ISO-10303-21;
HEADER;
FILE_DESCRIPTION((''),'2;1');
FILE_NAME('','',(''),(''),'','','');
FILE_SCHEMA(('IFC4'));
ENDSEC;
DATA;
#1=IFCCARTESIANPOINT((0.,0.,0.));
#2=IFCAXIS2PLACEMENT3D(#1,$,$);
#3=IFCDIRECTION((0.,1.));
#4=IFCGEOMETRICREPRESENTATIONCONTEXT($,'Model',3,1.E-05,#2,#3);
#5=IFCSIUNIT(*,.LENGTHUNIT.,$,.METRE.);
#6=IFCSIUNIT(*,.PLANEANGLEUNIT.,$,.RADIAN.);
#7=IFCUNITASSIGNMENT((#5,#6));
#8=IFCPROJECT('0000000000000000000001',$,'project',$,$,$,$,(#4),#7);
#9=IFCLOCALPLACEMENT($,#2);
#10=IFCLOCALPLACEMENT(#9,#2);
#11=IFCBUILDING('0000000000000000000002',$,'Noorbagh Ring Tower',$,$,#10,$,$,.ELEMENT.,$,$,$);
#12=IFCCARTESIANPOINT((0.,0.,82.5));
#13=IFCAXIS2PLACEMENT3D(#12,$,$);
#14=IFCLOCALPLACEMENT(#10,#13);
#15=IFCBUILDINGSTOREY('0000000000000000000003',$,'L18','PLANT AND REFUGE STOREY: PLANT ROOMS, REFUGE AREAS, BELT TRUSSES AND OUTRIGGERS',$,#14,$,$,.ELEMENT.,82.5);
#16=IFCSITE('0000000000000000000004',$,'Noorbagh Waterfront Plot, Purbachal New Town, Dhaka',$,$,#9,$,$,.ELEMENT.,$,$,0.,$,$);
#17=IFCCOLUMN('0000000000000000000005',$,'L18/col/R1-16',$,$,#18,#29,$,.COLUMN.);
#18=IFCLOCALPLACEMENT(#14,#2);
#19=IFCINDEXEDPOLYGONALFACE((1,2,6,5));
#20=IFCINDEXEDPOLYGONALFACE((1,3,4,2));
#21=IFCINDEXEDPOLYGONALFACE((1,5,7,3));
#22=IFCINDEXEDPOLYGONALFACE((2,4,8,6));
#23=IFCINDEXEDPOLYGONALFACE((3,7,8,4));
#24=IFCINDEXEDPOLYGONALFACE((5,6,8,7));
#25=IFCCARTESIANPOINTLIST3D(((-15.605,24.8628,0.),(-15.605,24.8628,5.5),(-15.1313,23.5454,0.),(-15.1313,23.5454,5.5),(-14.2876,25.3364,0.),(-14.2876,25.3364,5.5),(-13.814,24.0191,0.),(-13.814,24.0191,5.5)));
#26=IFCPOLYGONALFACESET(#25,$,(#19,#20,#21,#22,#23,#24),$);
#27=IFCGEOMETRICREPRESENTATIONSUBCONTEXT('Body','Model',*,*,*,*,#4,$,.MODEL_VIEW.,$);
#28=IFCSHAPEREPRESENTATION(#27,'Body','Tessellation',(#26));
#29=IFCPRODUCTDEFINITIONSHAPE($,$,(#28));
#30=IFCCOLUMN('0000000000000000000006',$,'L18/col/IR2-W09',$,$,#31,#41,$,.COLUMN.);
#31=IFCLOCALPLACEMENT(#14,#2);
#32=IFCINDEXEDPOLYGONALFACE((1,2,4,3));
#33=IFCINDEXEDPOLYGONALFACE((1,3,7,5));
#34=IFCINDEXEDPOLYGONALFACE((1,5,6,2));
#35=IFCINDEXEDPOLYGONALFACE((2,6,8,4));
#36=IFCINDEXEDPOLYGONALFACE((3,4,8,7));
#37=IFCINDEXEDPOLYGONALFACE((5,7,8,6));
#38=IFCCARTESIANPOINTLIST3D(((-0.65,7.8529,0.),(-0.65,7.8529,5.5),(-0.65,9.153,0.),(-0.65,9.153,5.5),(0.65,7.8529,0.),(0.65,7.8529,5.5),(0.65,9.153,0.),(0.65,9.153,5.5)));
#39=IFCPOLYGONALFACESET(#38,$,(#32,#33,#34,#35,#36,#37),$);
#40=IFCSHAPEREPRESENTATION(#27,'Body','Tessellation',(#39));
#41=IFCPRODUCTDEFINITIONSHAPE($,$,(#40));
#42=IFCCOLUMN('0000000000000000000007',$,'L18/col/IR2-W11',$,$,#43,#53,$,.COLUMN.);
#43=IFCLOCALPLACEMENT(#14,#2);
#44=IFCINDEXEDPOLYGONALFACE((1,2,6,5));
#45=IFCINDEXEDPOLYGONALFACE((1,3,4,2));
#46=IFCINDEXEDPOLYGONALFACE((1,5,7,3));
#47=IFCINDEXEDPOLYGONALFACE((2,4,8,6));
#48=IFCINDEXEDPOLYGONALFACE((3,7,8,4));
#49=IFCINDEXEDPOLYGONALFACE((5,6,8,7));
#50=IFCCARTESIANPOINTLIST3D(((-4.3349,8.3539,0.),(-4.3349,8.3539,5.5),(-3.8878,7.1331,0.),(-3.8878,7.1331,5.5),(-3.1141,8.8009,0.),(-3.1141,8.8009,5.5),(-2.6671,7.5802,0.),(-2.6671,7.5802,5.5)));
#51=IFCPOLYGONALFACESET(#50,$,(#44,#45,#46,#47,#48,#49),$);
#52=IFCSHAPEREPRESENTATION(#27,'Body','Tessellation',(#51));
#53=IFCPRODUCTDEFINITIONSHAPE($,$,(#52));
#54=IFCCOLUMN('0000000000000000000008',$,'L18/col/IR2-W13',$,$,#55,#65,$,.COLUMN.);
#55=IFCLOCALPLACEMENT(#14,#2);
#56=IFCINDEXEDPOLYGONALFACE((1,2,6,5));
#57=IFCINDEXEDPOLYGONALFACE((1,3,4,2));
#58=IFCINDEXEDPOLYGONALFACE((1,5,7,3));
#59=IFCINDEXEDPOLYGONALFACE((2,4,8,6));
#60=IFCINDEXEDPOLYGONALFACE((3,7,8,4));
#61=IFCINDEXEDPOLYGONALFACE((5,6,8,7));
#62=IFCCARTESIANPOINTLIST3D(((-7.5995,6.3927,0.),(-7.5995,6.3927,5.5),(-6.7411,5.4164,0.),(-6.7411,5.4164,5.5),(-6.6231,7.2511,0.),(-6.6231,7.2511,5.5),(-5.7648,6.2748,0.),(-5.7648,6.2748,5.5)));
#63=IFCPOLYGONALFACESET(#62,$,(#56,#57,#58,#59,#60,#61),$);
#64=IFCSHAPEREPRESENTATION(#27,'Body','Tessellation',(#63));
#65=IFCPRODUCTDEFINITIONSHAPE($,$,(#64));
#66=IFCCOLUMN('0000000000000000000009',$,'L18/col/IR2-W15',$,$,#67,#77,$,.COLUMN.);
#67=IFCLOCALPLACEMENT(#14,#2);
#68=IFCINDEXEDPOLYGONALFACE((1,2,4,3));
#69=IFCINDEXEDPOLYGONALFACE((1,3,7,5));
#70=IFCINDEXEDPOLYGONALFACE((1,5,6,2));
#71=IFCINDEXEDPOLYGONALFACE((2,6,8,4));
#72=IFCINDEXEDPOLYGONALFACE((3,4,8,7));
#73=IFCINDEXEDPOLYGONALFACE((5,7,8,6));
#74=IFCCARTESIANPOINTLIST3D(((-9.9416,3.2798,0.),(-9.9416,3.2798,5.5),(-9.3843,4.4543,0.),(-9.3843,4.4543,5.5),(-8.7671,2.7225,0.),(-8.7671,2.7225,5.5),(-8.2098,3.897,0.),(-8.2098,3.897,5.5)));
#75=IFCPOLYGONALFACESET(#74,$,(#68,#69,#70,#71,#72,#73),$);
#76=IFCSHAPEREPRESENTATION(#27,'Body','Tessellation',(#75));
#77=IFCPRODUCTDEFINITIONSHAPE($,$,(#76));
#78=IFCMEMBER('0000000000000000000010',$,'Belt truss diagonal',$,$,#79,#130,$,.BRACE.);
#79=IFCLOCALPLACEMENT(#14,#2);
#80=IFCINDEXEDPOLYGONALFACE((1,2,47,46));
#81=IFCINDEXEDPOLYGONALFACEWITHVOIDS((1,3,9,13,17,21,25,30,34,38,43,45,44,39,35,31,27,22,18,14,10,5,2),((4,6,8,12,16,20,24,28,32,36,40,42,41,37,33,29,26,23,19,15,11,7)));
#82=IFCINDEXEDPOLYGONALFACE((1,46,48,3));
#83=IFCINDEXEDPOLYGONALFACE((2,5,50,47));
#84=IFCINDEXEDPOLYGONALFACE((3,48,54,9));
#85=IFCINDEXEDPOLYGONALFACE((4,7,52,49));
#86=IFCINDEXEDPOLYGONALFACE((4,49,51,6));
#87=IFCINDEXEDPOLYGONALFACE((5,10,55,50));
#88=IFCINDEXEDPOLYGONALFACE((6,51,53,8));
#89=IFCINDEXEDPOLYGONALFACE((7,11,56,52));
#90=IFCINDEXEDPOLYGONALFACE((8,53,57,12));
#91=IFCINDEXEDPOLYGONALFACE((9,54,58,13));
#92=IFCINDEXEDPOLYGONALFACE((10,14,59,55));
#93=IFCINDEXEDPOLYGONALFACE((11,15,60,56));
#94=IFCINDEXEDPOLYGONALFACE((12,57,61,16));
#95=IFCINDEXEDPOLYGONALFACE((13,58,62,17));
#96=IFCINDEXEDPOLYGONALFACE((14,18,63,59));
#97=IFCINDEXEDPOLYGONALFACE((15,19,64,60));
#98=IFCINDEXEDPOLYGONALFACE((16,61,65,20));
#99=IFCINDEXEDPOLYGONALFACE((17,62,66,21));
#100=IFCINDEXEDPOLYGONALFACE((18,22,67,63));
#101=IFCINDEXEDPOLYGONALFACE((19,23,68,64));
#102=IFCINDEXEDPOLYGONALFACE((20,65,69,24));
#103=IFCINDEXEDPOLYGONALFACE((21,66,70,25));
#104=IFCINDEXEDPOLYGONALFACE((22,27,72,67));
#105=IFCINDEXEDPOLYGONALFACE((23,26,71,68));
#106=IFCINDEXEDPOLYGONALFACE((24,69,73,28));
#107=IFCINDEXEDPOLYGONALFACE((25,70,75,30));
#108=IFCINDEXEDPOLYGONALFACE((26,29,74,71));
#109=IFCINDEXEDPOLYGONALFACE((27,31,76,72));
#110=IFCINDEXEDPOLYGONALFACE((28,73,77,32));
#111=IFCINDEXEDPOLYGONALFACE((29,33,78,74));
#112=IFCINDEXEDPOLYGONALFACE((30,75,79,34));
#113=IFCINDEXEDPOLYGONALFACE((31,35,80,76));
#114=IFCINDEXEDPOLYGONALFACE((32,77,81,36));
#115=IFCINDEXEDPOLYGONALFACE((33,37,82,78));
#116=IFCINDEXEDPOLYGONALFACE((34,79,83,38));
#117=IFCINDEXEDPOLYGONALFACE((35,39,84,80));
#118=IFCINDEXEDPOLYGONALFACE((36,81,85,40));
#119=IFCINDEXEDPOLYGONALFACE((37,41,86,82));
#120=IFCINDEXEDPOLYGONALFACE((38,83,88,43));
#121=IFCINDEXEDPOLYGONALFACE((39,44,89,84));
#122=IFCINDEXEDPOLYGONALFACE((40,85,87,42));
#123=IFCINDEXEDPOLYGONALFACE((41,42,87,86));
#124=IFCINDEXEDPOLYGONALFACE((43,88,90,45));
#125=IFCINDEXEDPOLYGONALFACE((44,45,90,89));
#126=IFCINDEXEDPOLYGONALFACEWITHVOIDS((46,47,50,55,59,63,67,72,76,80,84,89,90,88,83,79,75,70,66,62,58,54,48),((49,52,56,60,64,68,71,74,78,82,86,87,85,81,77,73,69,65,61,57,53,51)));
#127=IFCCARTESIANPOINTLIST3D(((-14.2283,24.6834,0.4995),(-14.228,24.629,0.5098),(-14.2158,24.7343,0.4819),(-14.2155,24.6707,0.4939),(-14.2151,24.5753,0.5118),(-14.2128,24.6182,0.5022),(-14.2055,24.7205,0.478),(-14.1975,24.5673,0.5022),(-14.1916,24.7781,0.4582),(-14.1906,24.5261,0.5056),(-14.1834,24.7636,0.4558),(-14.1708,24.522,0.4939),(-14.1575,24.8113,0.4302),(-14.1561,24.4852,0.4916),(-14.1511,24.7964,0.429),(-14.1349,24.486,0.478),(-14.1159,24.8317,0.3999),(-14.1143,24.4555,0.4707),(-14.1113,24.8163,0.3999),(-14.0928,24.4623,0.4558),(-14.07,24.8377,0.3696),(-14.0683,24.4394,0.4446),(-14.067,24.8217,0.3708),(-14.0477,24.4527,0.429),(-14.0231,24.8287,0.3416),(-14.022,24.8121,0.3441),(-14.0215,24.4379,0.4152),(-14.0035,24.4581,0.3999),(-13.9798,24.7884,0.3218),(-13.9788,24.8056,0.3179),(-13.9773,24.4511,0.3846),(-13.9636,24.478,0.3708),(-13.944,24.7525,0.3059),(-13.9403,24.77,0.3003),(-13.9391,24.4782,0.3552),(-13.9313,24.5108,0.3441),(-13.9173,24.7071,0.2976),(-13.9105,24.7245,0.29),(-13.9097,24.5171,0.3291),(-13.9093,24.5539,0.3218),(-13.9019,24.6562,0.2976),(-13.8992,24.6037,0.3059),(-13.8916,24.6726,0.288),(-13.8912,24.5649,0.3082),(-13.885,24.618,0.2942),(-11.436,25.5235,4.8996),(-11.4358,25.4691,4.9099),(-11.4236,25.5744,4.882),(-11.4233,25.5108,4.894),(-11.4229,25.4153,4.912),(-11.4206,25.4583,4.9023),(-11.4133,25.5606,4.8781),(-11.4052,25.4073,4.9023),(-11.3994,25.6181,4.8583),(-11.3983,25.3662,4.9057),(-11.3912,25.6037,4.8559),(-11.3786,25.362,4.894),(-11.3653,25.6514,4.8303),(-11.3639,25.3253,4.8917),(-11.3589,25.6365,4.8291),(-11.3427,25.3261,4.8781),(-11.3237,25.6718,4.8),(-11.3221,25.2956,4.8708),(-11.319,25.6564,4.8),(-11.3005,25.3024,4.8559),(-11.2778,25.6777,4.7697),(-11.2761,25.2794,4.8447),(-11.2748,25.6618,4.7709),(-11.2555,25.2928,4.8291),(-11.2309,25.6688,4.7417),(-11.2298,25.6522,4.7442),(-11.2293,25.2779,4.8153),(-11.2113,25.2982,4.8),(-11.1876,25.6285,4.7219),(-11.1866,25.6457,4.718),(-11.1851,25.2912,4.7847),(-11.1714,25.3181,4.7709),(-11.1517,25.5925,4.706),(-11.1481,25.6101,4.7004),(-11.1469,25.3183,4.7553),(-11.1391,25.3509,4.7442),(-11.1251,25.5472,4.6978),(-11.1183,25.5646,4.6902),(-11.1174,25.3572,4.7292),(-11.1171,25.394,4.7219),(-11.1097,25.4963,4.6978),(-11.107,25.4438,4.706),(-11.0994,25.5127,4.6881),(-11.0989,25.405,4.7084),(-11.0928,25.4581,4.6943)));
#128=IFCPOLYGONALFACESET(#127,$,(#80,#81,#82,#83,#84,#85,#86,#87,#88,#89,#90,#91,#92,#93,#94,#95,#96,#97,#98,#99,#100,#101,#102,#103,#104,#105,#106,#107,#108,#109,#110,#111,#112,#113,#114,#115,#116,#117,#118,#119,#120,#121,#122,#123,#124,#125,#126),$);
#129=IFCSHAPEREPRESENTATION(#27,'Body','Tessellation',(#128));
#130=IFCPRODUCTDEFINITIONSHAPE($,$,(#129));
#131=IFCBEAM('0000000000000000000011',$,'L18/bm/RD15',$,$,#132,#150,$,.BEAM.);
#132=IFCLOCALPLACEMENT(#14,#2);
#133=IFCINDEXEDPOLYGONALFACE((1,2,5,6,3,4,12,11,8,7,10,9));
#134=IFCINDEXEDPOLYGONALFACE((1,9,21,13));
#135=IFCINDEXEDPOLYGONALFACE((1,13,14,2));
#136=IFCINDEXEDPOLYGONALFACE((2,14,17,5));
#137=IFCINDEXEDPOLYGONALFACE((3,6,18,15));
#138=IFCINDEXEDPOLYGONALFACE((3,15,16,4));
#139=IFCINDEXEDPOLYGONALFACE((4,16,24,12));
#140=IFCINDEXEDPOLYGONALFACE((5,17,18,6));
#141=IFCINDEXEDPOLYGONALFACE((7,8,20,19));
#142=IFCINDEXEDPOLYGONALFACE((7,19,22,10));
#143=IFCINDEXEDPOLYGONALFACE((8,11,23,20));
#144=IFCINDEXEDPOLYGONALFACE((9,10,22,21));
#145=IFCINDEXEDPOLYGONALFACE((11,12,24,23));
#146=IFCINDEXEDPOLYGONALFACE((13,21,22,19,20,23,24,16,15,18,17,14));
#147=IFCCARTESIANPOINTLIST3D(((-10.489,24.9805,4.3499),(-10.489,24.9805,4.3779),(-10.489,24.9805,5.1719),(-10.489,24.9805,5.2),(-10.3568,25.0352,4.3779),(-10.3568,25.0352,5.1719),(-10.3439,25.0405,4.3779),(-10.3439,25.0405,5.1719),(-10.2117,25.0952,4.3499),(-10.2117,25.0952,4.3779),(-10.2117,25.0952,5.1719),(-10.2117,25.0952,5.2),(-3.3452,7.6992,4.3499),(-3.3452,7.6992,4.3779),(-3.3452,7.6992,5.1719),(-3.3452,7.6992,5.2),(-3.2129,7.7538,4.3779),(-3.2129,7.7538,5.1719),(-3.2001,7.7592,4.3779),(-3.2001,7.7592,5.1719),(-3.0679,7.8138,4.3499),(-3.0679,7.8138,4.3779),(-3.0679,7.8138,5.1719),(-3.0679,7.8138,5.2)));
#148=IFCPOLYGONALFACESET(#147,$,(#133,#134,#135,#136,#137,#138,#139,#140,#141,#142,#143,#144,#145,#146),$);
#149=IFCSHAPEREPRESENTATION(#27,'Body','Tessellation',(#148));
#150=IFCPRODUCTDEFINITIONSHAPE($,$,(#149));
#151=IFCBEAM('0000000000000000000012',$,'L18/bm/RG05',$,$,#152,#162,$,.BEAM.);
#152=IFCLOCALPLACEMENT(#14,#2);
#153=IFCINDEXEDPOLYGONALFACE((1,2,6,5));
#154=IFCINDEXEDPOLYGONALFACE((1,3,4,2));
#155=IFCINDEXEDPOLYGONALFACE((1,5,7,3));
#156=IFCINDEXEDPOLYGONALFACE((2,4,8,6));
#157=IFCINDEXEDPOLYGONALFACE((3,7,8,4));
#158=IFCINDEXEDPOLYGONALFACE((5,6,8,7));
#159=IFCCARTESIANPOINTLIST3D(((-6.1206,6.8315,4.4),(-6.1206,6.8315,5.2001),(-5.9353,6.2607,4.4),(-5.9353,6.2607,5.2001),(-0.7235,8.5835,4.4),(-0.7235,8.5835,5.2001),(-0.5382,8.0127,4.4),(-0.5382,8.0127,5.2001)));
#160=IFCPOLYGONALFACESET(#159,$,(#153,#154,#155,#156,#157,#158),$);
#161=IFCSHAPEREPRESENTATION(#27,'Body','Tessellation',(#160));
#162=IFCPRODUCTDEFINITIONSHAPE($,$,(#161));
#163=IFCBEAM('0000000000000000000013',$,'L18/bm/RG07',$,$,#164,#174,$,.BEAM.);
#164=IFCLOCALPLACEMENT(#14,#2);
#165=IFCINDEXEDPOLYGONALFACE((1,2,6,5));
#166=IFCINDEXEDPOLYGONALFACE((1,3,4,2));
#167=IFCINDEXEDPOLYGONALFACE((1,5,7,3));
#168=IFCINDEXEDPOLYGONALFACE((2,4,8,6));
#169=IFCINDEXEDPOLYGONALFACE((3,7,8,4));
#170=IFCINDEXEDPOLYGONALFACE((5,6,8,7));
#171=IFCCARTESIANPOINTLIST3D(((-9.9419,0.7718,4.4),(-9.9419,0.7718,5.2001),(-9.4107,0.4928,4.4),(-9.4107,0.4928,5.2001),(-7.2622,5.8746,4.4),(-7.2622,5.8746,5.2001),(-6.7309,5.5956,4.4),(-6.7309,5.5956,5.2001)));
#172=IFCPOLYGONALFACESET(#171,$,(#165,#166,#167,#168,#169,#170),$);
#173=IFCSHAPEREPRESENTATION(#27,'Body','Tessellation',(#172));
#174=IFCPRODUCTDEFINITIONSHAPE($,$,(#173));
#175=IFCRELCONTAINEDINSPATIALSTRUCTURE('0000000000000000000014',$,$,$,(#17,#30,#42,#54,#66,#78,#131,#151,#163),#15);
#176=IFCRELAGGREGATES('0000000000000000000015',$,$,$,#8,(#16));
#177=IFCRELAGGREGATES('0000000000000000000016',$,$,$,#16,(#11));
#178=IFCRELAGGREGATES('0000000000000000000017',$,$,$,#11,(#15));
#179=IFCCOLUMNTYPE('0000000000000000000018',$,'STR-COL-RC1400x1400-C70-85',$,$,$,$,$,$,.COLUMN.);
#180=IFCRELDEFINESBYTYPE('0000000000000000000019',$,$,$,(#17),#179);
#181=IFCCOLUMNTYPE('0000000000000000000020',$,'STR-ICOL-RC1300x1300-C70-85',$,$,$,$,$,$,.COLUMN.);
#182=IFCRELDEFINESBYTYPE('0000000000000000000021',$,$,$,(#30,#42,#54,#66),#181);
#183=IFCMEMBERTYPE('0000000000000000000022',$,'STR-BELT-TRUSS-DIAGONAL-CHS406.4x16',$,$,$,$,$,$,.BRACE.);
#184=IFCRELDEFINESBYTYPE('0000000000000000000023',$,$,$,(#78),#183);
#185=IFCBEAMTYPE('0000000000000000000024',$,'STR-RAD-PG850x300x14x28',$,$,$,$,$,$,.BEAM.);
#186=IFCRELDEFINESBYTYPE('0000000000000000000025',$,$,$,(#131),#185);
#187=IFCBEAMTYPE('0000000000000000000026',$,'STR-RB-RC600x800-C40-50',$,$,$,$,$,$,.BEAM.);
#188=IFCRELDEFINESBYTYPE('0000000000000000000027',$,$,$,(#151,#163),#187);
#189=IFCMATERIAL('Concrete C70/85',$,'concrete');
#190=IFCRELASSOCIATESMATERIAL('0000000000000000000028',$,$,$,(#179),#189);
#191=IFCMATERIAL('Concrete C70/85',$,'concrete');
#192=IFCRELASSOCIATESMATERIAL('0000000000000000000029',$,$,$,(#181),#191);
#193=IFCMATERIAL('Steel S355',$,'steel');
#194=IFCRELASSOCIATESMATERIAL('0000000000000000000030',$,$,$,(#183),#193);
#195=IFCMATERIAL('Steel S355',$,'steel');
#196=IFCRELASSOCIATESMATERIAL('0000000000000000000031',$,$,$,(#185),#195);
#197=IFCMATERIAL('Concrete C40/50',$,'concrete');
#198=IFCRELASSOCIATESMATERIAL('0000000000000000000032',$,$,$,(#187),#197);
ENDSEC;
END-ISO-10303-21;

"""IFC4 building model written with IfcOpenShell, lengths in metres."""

from ifc_helpers import new_model, si_unit, direction, frame, origin, origin_2d, place, context, subcontext, project, spatial, rectangle, hollow_circle, i_section, extrude, material, material_profile, profile_set, type_object, element, save


model = new_model("IFC4")

# Units and contexts
model_context = context("Model", 3, precision=1e-05, world=origin(), true_north=direction((0.0, 1.0)))
body_context = subcontext(model_context, "Body", "Model", "MODEL_VIEW")
ifc_project = project(units=[si_unit("LENGTHUNIT", "METRE"), si_unit("PLANEANGLEUNIT", "RADIAN")], contexts=[model_context])

# Site, building, storey
site_placement = place(None, origin())
site = spatial("IfcSite", under=ifc_project, at=site_placement, Name="Noorbagh Waterfront Plot, Purbachal New Town, Dhaka", CompositionType="ELEMENT", RefElevation=0.0)
building_placement = place(site_placement, origin())
building = spatial("IfcBuilding", under=site, at=building_placement, Name="Noorbagh Ring Tower", CompositionType="ELEMENT")
storey_placement = place(building_placement, frame((0.0, 0.0, 82.5)))
storey = spatial("IfcBuildingStorey", under=building, at=storey_placement, Name="L18", Description="PLANT AND REFUGE STOREY: PLANT ROOMS, REFUGE AREAS, BELT TRUSSES AND OUTRIGGERS", CompositionType="ELEMENT", Elevation=82.5)

# Columns
ifc_material_1 = material(Name="Concrete C70/85", Category="concrete")
ifc_material_profile_1 = material_profile(ifc_material_1, rectangle(XDim=1.3999, YDim=1.3999, at=origin_2d()), Name="RC1400x1400")
ifc_profile_set_1 = profile_set([ifc_material_profile_1], Name="Concrete C70/85")
column_type_1 = type_object("IfcColumnType", Name="STR-COL-RC1400x1400-C70-85", PredefinedType="COLUMN", material=ifc_profile_set_1)
column_placement = place(storey_placement, frame((-14.7095, 24.4409, 0.0), z_axis=(0.0, 0.0, 1.0), x_axis=(-0.941025, -0.338338, 0.0)))
element("IfcColumn", 1, at=column_placement, inside=storey, type_object=column_type_1, Name="L18/col/R1-16", PredefinedType="COLUMN", context=body_context, shape_type="SweptSolid", body=[
    extrude(rectangle(XDim=1.3999, YDim=1.3999, at=origin_2d()), origin(), (0.0, 0.0, 1.0), 5.5),
])
ifc_material_2 = material(Name="Concrete C70/85", Category="concrete")
ifc_material_profile_2 = material_profile(ifc_material_2, rectangle(XDim=1.3, YDim=1.3, at=origin_2d()), Name="RC1300x1300")
ifc_profile_set_2 = profile_set([ifc_material_profile_2], Name="Concrete C70/85")
column_type_2 = type_object("IfcColumnType", Name="STR-ICOL-RC1300x1300-C70-85", PredefinedType="COLUMN", material=ifc_profile_set_2)
for number, where, z_axis, x_axis, name in (
    (2, (0.0, 8.5029, 0.0), (0.0, 0.0, 1.0), (-1.0, 0.0, 0.0), "L18/col/IR2-W09"),
    (3, (-3.501, 7.967, 0.0), (0.0, 0.0, 1.0), (-0.93902, -0.343864, 0.0), "L18/col/IR2-W11"),
    (4, (-6.6821, 6.3337, 0.0), (0.0, 0.0, 1.0), (-0.751022, -0.660277, 0.0), "L18/col/IR2-W13"),
    (5, (-9.0757, 3.5884, 0.0), (0.0, 0.0, 1.0), (-0.428667, -0.903463, 0.0), "L18/col/IR2-W15"),
):
    element("IfcColumn", number, at=place(storey_placement, frame(where, z_axis=z_axis, x_axis=x_axis)), inside=storey, type_object=column_type_2, Name=name, PredefinedType="COLUMN", context=body_context, shape_type="SweptSolid", body=[
        extrude(rectangle(XDim=1.3, YDim=1.3, at=origin_2d()), origin(), (0.0, 0.0, 1.0), 5.5),
    ])

# Member
ifc_material_3 = material(Name="Steel S355", Category="steel")
ifc_material_profile_3 = material_profile(ifc_material_3, hollow_circle(Radius=0.2031, WallThickness=0.0161, at=origin_2d()), Name="CHS406.4x16")
ifc_profile_set_3 = profile_set([ifc_material_profile_3], Name="Steel S355")
member_type = type_object("IfcMemberType", Name="STR-BELT-TRUSS-DIAGONAL-CHS406.4x16", PredefinedType="BRACE", material=ifc_profile_set_3)
member_placement = place(storey_placement, frame((-14.0574, 24.6372, 0.3999), z_axis=(0.528973, 0.15915, 0.833582), x_axis=(-0.288108, 0.957598, 0.0)))
element("IfcMember", 6, at=member_placement, inside=storey, type_object=member_type, Name="Belt truss diagonal", PredefinedType="BRACE", context=body_context, shape_type="SweptSolid", body=[
    extrude(hollow_circle(Radius=0.2031, WallThickness=0.0161, at=origin_2d()), origin(), (0.0, 0.0, 1.0), 5.2786),
])

# Beams
ifc_material_4 = material(Name="Steel S355", Category="steel")
ifc_material_profile_4 = material_profile(ifc_material_4, i_section(OverallWidth=0.3, OverallDepth=0.8501, WebThickness=0.0139, FlangeThickness=0.0281, at=origin_2d()), Name="PG850x300x14x28")
ifc_profile_set_4 = profile_set([ifc_material_profile_4], Name="Steel S355")
beam_type_1 = type_object("IfcBeamType", Name="STR-RAD-PG850x300x14x28", PredefinedType="BEAM", material=ifc_profile_set_4)
beam_1_placement = place(storey_placement, frame((-10.3503, 25.0378, 4.7749), z_axis=(0.382029, -0.92415, 0.0), x_axis=(0.92415, 0.382029, 0.0)))
element("IfcBeam", 7, at=beam_1_placement, inside=storey, type_object=beam_type_1, Name="L18/bm/RD15", PredefinedType="BEAM", context=body_context, shape_type="SweptSolid", body=[
    extrude(i_section(OverallWidth=0.3, OverallDepth=0.8501, WebThickness=0.0139, FlangeThickness=0.0281, at=origin_2d()), origin(), (0.0, 0.0, 1.0), 18.6997),
])
ifc_material_5 = material(Name="Concrete C40/50", Category="concrete")
ifc_material_profile_5 = material_profile(ifc_material_5, rectangle(XDim=0.6001, YDim=0.8, at=origin_2d()), Name="RC600x800")
ifc_profile_set_5 = profile_set([ifc_material_profile_5], Name="Concrete C40/50")
beam_type_2 = type_object("IfcBeamType", Name="STR-RB-RC600x800-C40-50", PredefinedType="BEAM", material=ifc_profile_set_5)
beam_2_placement = place(storey_placement, frame((-0.6309, 8.2981, 4.8), z_axis=(-0.951141, -0.308757, 0.0), x_axis=(0.308757, -0.951141, 0.0)))
element("IfcBeam", 8, at=beam_2_placement, inside=storey, type_object=beam_type_2, Name="L18/bm/RG05", PredefinedType="BEAM", context=body_context, shape_type="SweptSolid", body=[
    extrude(rectangle(XDim=0.6001, YDim=0.8, at=origin_2d()), origin(), (0.0, 0.0, 1.0), 5.6743),
])
beam_3_placement = place(storey_placement, frame((-6.9966, 5.7351, 4.8), z_axis=(-0.464933, -0.885346, 0.0), x_axis=(0.885346, -0.464933, 0.0)))
element("IfcBeam", 9, at=beam_3_placement, inside=storey, type_object=beam_type_2, Name="L18/bm/RG07", PredefinedType="BEAM", context=body_context, shape_type="SweptSolid", body=[
    extrude(rectangle(XDim=0.6001, YDim=0.8, at=origin_2d()), origin(), (0.0, 0.0, 1.0), 5.7637),
])

save(model, "model.ifc")
